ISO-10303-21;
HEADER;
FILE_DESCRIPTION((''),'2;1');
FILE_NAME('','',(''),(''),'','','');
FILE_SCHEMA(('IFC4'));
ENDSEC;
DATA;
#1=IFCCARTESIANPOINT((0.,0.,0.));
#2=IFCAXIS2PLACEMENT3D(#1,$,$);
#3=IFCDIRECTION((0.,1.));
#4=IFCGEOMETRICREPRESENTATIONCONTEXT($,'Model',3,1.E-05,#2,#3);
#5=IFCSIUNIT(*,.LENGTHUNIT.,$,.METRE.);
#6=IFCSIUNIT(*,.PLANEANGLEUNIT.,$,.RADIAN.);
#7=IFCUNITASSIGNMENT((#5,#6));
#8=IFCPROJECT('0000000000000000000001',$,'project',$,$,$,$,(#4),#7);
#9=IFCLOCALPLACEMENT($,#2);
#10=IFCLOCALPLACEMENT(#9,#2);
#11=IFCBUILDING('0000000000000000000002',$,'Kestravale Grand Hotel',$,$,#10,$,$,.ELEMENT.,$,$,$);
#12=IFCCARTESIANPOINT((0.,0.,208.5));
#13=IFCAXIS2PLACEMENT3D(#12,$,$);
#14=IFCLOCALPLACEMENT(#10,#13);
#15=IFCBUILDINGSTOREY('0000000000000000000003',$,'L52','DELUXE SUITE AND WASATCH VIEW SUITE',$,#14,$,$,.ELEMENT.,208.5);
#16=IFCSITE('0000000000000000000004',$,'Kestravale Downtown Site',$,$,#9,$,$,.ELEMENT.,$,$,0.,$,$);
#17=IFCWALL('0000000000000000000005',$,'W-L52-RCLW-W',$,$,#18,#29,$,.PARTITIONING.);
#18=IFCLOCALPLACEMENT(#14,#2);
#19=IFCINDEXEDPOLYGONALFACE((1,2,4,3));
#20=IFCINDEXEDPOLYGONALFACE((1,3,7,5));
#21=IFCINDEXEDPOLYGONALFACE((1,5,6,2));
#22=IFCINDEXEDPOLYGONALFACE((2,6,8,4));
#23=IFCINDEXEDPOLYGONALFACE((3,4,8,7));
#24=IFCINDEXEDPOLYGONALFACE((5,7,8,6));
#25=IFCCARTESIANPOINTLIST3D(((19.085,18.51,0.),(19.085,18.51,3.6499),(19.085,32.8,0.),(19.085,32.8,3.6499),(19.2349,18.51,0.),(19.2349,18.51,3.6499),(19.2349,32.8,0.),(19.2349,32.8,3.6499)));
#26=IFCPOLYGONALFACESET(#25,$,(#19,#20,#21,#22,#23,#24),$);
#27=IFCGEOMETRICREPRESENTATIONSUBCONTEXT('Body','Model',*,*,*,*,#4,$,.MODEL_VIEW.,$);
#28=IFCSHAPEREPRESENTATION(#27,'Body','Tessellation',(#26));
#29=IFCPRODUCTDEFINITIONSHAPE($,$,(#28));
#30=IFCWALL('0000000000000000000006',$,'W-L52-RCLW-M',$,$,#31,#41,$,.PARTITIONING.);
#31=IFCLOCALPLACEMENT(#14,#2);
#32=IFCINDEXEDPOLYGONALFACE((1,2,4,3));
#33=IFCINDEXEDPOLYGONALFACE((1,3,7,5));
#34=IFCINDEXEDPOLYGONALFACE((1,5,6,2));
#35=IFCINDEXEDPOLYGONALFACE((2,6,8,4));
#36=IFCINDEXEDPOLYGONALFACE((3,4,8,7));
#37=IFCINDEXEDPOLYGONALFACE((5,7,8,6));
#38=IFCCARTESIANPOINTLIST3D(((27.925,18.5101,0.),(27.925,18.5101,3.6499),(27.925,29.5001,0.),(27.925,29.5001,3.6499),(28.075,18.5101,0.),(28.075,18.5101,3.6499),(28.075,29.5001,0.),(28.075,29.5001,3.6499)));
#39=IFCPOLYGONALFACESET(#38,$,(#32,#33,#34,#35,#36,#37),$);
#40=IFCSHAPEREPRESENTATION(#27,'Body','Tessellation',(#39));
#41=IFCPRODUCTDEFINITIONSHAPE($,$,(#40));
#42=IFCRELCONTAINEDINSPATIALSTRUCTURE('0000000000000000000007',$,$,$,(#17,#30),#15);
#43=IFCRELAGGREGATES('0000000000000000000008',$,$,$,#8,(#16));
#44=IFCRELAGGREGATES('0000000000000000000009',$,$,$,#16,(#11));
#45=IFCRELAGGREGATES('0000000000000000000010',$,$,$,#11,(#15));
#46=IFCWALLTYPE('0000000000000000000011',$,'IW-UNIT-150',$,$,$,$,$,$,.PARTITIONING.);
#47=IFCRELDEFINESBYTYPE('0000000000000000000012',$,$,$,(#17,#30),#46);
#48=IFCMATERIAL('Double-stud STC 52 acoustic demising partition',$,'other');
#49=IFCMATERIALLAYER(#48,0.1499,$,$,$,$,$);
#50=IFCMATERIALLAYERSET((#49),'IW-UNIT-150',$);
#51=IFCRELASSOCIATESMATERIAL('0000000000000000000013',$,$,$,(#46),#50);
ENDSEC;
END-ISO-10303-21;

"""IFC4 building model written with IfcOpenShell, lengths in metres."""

from ifc_helpers import new_model, si_unit, direction, frame, frame_2d, origin, place, context, subcontext, project, spatial, rectangle, extrude, material, layer, layer_set, type_object, element, save


model = new_model("IFC4")

# Units and contexts
model_context = context("Model", 3, precision=1e-05, world=origin(), true_north=direction((0.0, 1.0)))
body_context = subcontext(model_context, "Body", "Model", "MODEL_VIEW")
ifc_project = project(units=[si_unit("LENGTHUNIT", "METRE"), si_unit("PLANEANGLEUNIT", "RADIAN")], contexts=[model_context])

# Site, building, storey
site_placement = place(None, origin())
site = spatial("IfcSite", under=ifc_project, at=site_placement, Name="Kestravale Downtown Site", CompositionType="ELEMENT", RefElevation=0.0)
building_placement = place(site_placement, origin())
building = spatial("IfcBuilding", under=site, at=building_placement, Name="Kestravale Grand Hotel", CompositionType="ELEMENT")
storey_placement = place(building_placement, frame((0.0, 0.0, 208.5)))
storey = spatial("IfcBuildingStorey", under=building, at=storey_placement, Name="L52", Description="DELUXE SUITE AND WASATCH VIEW SUITE", CompositionType="ELEMENT", Elevation=208.5)

# Walls
ifc_material_1 = material(Name="Double-stud STC 52 acoustic demising partition", Category="other")
ifc_layer_1 = layer(ifc_material_1, 0.1499)
ifc_layer_set_1 = layer_set([ifc_layer_1], Name="IW-UNIT-150")
wall_type_1 = type_object("IfcWallType", Name="IW-UNIT-150", PredefinedType="PARTITIONING", material=ifc_layer_set_1)
wall_1_placement = place(storey_placement, frame((19.1599, 18.51, 0.0), z_axis=(0.0, 0.0, 1.0), x_axis=(0.0, 1.0, 0.0)))
element("IfcWall", 1, at=wall_1_placement, inside=storey, type_object=wall_type_1, Name="W-L52-RCLW-W", PredefinedType="PARTITIONING", context=body_context, shape_type="SweptSolid", body=[
    extrude(rectangle(XDim=14.29, YDim=0.1499, at=frame_2d((7.145, 0.0))), origin(), (0.0, 0.0, 1.0), 3.6499),
])
wall_2_placement = place(storey_placement, frame((28.0, 18.51, 0.0), z_axis=(0.0, 0.0, 1.0), x_axis=(0.0, 1.0, 0.0)))
element("IfcWall", 2, at=wall_2_placement, inside=storey, type_object=wall_type_1, Name="W-L52-RCLW-M", PredefinedType="PARTITIONING", context=body_context, shape_type="SweptSolid", body=[
    extrude(rectangle(XDim=10.99, YDim=0.1499, at=frame_2d((5.4951, 0.0))), origin(), (0.0, 0.0, 1.0), 3.6499),
])

save(model, "model.ifc")
